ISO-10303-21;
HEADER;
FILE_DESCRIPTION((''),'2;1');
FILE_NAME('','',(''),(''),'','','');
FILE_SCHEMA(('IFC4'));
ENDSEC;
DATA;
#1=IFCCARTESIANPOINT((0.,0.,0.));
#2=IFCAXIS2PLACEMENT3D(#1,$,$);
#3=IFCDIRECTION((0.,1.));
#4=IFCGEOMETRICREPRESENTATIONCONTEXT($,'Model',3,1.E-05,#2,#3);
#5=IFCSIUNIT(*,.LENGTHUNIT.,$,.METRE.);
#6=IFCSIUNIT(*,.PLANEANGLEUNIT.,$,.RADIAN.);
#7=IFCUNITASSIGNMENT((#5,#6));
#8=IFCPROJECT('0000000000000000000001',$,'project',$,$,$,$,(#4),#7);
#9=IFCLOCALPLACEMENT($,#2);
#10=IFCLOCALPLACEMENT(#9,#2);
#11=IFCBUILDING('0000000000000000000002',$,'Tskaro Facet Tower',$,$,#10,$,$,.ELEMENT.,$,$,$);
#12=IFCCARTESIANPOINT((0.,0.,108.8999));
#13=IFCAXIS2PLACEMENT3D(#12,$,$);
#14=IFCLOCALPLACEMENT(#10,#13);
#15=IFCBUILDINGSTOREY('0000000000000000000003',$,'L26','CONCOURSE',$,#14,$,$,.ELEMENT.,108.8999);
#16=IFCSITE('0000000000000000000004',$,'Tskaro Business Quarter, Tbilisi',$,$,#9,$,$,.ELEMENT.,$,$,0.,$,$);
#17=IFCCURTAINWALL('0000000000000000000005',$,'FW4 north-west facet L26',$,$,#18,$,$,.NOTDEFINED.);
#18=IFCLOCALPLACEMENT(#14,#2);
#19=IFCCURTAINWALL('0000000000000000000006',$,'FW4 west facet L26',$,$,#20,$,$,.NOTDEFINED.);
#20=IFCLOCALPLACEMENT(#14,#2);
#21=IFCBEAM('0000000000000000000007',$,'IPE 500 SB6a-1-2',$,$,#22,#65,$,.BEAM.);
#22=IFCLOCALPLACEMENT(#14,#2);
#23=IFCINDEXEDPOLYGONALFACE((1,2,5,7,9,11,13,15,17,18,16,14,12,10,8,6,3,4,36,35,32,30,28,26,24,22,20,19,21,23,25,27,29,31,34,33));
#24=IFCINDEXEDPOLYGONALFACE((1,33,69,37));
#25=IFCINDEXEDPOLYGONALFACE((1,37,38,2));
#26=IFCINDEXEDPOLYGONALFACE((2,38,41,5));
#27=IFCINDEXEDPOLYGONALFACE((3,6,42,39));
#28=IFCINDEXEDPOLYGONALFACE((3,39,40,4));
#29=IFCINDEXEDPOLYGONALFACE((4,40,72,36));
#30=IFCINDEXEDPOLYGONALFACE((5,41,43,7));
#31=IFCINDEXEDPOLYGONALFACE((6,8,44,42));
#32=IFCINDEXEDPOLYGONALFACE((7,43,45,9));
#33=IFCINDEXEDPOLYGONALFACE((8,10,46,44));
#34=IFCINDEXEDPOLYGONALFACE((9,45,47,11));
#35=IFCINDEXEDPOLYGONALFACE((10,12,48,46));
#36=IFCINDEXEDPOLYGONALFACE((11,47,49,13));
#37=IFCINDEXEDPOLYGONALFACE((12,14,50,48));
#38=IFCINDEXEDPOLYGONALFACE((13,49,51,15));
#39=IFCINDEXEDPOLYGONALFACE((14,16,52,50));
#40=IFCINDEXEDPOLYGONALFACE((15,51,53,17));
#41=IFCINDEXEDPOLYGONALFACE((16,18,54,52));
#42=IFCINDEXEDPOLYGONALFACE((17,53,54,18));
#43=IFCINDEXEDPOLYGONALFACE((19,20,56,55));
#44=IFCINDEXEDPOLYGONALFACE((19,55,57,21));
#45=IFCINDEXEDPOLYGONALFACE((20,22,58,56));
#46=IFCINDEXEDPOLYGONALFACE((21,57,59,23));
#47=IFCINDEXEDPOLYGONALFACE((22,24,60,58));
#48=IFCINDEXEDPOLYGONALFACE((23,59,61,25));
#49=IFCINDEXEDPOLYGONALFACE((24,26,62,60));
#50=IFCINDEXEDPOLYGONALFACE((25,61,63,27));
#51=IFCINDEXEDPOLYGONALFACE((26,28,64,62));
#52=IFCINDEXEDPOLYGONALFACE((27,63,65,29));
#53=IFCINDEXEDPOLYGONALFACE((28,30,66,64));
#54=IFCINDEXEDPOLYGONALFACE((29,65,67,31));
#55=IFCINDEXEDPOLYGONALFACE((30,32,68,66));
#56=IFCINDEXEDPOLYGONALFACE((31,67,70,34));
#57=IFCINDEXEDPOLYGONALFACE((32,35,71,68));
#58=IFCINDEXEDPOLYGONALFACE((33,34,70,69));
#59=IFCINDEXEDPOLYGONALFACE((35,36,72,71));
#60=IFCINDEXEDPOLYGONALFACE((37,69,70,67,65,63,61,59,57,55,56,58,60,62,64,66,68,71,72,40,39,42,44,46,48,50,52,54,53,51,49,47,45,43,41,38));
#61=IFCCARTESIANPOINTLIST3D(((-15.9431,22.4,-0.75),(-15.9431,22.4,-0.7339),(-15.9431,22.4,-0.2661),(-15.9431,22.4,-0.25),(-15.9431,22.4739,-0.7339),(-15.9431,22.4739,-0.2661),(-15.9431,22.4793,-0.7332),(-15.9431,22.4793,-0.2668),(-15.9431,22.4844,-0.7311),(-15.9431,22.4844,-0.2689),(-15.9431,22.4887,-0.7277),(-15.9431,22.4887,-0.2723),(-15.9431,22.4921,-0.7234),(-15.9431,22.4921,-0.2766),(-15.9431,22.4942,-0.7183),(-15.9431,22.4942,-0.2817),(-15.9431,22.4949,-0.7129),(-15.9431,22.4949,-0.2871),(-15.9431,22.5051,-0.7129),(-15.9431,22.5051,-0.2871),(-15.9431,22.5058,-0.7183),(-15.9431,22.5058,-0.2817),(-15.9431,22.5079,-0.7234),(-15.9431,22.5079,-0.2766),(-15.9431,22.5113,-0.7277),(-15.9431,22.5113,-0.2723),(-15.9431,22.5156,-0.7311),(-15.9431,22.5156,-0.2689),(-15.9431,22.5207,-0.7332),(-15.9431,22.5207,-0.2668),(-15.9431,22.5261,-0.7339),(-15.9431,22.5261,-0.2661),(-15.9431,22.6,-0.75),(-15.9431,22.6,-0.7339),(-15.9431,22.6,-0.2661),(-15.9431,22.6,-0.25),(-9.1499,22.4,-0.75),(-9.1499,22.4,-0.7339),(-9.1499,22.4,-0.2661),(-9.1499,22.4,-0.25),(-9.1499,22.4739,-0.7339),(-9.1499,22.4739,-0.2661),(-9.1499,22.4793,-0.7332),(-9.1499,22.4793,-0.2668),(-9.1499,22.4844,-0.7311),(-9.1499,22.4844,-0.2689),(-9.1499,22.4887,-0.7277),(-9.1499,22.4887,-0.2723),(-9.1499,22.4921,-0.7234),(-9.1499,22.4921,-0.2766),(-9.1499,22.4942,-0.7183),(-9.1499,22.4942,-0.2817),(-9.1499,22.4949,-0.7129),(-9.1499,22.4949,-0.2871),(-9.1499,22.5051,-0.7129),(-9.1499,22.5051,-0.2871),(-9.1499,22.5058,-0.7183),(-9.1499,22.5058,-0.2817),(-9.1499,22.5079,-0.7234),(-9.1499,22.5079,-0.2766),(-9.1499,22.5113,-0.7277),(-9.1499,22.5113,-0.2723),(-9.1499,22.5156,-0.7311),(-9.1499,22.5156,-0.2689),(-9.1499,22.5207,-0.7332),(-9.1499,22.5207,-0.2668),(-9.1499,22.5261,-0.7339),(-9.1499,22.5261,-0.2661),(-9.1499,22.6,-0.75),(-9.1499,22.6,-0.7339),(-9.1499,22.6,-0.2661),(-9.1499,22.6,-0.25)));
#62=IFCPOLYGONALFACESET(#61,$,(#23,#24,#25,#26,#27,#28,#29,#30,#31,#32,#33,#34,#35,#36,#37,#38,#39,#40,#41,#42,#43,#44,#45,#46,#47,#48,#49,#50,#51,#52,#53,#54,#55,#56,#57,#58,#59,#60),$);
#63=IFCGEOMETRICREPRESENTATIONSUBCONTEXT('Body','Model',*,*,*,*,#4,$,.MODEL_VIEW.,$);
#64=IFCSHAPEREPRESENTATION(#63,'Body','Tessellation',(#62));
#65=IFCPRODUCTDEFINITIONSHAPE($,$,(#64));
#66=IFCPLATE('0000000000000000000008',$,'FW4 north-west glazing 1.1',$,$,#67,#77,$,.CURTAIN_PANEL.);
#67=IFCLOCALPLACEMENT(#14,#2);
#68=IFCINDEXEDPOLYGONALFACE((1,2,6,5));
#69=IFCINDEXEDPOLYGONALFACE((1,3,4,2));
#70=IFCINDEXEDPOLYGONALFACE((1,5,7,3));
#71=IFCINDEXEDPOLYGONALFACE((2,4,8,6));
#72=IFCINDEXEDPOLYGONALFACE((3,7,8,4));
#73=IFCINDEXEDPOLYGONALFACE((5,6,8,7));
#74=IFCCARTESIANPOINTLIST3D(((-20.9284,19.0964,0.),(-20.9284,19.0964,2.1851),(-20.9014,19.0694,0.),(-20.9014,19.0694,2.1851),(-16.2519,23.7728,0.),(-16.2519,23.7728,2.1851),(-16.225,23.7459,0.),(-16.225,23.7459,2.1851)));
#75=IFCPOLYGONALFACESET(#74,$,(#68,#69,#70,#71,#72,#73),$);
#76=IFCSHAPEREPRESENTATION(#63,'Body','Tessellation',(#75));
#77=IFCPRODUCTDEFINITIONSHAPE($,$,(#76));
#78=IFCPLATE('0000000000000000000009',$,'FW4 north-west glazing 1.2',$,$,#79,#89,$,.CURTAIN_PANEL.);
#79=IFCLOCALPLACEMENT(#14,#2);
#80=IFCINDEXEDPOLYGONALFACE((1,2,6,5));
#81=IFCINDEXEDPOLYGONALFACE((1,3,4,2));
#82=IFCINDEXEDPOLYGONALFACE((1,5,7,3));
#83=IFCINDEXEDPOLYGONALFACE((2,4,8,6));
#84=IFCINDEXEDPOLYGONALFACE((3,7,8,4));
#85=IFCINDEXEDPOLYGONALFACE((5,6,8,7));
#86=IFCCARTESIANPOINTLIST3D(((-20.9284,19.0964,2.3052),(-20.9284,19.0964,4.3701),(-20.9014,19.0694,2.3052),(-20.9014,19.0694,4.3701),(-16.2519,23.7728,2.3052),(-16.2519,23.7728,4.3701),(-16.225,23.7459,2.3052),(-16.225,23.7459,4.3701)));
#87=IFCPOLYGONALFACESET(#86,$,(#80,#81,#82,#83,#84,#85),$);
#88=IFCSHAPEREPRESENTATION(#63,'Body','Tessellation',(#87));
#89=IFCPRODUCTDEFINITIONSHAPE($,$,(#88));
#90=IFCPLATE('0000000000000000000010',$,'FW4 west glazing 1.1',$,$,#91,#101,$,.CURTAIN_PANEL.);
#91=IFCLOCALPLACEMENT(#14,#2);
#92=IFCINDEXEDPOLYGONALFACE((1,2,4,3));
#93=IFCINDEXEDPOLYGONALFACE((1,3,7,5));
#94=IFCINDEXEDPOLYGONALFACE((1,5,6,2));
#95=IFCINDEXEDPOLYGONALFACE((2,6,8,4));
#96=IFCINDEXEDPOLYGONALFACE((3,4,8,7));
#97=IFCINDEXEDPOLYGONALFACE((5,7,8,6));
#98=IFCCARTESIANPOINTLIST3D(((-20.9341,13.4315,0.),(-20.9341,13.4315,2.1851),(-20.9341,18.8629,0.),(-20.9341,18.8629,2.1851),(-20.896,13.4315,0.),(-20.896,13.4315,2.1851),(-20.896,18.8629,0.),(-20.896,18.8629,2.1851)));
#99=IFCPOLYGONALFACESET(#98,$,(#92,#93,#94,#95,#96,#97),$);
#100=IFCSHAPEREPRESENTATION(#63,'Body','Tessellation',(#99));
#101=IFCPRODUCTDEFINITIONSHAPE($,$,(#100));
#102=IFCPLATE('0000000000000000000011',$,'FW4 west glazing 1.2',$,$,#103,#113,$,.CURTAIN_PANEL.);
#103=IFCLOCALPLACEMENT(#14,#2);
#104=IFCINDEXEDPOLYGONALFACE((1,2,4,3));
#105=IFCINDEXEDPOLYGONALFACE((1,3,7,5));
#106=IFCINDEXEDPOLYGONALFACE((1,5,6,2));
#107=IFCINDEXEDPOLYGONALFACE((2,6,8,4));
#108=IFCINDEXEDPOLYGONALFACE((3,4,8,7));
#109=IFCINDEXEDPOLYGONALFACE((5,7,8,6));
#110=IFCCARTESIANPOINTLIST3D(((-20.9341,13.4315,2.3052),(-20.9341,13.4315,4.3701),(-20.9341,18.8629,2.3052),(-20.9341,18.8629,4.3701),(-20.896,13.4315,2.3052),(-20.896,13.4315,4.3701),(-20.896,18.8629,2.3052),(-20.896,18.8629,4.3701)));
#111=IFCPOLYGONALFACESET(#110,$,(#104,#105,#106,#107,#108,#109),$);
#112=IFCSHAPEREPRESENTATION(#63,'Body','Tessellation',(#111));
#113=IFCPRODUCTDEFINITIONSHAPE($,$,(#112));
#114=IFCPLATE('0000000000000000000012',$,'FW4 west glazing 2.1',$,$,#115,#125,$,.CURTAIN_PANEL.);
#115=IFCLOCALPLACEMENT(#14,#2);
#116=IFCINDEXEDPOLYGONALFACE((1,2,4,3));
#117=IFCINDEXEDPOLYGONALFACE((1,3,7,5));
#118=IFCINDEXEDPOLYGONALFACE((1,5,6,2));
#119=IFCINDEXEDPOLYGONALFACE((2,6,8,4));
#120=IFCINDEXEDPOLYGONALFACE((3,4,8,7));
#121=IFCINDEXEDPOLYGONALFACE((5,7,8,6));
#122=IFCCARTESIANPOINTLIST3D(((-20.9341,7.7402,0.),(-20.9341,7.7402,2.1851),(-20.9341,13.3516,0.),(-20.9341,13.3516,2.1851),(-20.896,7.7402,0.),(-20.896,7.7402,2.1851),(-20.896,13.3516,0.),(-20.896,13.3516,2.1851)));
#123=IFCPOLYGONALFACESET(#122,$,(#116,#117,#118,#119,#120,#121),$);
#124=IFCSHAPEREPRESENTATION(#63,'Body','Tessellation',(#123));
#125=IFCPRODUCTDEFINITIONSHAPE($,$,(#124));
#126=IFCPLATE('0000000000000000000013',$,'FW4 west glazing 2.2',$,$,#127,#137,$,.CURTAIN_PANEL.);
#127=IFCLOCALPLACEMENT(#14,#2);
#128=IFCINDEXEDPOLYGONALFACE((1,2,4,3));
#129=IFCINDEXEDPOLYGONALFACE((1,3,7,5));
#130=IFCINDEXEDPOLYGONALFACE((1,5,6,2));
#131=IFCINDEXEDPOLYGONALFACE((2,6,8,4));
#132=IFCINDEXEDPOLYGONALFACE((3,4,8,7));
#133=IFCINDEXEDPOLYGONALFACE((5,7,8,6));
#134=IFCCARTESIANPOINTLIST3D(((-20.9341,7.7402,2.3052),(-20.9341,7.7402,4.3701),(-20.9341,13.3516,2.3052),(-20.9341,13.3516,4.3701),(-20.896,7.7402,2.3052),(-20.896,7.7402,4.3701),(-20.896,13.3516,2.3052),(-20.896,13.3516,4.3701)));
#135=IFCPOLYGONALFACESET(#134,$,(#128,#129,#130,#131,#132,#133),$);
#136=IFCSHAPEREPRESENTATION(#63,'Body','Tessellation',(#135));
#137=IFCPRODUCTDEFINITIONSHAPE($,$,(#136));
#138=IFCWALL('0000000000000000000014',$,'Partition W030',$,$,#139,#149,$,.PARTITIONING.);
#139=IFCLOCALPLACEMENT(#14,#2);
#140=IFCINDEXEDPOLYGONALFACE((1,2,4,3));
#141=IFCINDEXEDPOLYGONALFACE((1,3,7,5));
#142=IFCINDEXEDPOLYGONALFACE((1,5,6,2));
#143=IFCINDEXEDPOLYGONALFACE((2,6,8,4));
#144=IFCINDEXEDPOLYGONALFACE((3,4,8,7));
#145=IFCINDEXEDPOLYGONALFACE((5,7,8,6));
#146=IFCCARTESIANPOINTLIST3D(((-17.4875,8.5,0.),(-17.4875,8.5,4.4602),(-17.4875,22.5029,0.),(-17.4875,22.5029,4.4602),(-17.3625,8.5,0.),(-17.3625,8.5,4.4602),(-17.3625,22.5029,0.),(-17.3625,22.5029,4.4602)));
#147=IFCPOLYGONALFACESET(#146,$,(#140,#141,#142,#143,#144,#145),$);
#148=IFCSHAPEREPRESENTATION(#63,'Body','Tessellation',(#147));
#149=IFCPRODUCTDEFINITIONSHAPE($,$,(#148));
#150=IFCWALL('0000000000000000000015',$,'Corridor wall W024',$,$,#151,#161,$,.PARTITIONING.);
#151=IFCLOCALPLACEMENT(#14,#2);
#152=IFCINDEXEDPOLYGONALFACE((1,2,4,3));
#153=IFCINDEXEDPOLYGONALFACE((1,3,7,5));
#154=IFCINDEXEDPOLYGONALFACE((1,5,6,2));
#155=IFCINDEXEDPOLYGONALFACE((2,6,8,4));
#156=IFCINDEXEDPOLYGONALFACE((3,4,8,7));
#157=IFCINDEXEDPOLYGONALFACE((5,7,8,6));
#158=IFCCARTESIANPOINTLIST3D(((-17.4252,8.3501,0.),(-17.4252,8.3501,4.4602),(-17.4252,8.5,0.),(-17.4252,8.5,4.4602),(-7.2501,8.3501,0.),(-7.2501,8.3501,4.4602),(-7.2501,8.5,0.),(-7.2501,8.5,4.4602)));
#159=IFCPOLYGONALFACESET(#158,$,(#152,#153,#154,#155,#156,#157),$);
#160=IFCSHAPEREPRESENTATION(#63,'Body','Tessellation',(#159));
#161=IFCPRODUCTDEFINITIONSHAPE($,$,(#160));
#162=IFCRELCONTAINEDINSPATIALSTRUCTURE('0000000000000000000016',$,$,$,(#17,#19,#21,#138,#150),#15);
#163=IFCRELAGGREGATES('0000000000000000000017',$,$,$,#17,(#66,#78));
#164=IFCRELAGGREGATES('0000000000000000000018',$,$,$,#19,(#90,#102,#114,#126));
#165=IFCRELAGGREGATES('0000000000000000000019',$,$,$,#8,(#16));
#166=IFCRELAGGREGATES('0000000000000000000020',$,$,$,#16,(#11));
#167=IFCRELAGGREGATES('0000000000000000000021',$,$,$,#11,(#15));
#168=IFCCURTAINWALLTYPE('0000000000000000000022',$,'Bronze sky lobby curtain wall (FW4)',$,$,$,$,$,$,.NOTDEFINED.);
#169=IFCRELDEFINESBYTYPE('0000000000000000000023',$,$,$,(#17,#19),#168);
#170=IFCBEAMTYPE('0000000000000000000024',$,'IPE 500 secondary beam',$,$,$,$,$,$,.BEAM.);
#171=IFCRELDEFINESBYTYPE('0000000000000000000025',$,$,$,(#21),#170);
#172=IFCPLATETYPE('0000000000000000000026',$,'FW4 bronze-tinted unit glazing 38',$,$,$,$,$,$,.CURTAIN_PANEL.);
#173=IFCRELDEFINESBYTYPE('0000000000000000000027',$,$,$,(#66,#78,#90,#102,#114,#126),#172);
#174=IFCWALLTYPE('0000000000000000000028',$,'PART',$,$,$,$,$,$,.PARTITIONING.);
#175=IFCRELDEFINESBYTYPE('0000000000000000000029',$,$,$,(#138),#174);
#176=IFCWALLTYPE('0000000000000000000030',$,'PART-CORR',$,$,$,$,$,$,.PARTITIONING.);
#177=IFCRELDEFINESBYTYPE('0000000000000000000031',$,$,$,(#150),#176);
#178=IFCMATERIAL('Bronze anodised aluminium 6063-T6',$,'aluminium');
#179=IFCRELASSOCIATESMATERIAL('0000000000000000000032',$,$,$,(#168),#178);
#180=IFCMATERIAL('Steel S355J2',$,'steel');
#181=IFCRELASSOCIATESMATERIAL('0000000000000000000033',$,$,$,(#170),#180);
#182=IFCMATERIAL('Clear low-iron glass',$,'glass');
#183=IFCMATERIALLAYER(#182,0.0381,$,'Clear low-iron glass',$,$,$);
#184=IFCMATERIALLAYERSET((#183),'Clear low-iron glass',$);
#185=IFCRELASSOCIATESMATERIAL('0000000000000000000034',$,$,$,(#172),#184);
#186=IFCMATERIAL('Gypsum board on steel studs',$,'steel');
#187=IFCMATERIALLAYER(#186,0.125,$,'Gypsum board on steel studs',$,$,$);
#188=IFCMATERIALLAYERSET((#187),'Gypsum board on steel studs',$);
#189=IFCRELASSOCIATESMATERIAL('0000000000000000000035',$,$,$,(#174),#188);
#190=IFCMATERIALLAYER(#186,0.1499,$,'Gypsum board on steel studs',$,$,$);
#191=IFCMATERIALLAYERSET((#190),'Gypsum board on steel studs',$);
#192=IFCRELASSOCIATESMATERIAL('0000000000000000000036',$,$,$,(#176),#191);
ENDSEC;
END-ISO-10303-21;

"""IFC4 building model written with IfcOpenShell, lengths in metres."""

from ifc_helpers import new_model, si_unit, direction, frame, frame_2d, origin, origin_2d, place, context, subcontext, project, spatial, rectangle, i_section, extrude, material, layer, layer_set, material_profile, profile_set, type_object, element, aggregate, save


model = new_model("IFC4")

# Units and contexts
model_context = context("Model", 3, precision=1e-05, world=origin(), true_north=direction((0.0, 1.0)))
body_context = subcontext(model_context, "Body", "Model", "MODEL_VIEW")
ifc_project = project(units=[si_unit("LENGTHUNIT", "METRE"), si_unit("PLANEANGLEUNIT", "RADIAN")], contexts=[model_context])

# Site, building, storey
site_placement = place(None, origin())
site = spatial("IfcSite", under=ifc_project, at=site_placement, Name="Tskaro Business Quarter, Tbilisi", CompositionType="ELEMENT", RefElevation=0.0)
building_placement = place(site_placement, origin())
building = spatial("IfcBuilding", under=site, at=building_placement, Name="Tskaro Facet Tower", CompositionType="ELEMENT")
storey_placement = place(building_placement, frame((0.0, 0.0, 108.8999)))
storey = spatial("IfcBuildingStorey", under=building, at=storey_placement, Name="L26", Description="CONCOURSE", CompositionType="ELEMENT", Elevation=108.8999)

# Curtain wall
ifc_material_1 = material(Name="Bronze anodised aluminium 6063-T6", Category="aluminium")
curtain_wall_type = type_object("IfcCurtainWallType", Name="Bronze sky lobby curtain wall (FW4)", PredefinedType="NOTDEFINED", material=ifc_material_1)
curtain_wall_1_placement = place(storey_placement, origin())
curtain_wall_1 = element("IfcCurtainWall", 1, at=curtain_wall_1_placement, inside=storey, type_object=curtain_wall_type, Name="FW4 north-west facet L26", PredefinedType="NOTDEFINED")

# Curtain wall
curtain_wall_2_placement = place(storey_placement, origin())
curtain_wall_2 = element("IfcCurtainWall", 2, at=curtain_wall_2_placement, inside=storey, type_object=curtain_wall_type, Name="FW4 west facet L26", PredefinedType="NOTDEFINED")

# Beam
ifc_material_2 = material(Name="Steel S355J2", Category="steel")
ifc_material_profile_1 = material_profile(ifc_material_2, i_section(OverallWidth=0.2, OverallDepth=0.5, WebThickness=0.0103, FlangeThickness=0.0161, FilletRadius=0.021, at=origin_2d()), Name="IPE 500")
ifc_profile_set_1 = profile_set([ifc_material_profile_1], Name="Steel S355J2")
beam_type_1 = type_object("IfcBeamType", Name="IPE 500 secondary beam", PredefinedType="BEAM", material=ifc_profile_set_1)
beam_1_placement = place(storey_placement, frame((-15.9431, 22.5, -0.5), z_axis=(1.0, 0.0, 0.0), x_axis=(0.0, 1.0, 0.0)))
element("IfcBeam", 3, at=beam_1_placement, inside=storey, type_object=beam_type_1, Name="IPE 500 SB6a-1-2", PredefinedType="BEAM", context=body_context, shape_type="SweptSolid", body=[
    extrude(i_section(OverallWidth=0.2, OverallDepth=0.5, WebThickness=0.0103, FlangeThickness=0.0161, FilletRadius=0.021, at=origin_2d()), origin(), (0.0, 0.0, 1.0), 6.7932),
])

# Plates
ifc_material_3 = material(Name="Clear low-iron glass", Category="glass")
ifc_layer_1 = layer(ifc_material_3, 0.0381, Name="Clear low-iron glass")
ifc_layer_set_1 = layer_set([ifc_layer_1], Name="Clear low-iron glass")
plate_type = type_object("IfcPlateType", Name="FW4 bronze-tinted unit glazing 38", PredefinedType="CURTAIN_PANEL", material=ifc_layer_set_1)
plate_1_placement = place(storey_placement, frame((-18.5767, 21.4211, 0.0), z_axis=(0.0, 0.0, 1.0), x_axis=(-0.707107, -0.707107, 0.0)))
plate_1 = element("IfcPlate", 4, at=plate_1_placement, type_object=plate_type, Name="FW4 north-west glazing 1.1", PredefinedType="CURTAIN_PANEL", context=body_context, shape_type="SweptSolid", body=[
    extrude(rectangle(XDim=6.6135, YDim=0.0381, at=origin_2d()), origin(), (0.0, 0.0, 1.0), 2.1851),
])
plate_2_placement = place(storey_placement, frame((-18.5767, 21.4211, 2.3052), z_axis=(0.0, 0.0, 1.0), x_axis=(-0.707107, -0.707107, 0.0)))
plate_2 = element("IfcPlate", 5, at=plate_2_placement, type_object=plate_type, Name="FW4 north-west glazing 1.2", PredefinedType="CURTAIN_PANEL", context=body_context, shape_type="SweptSolid", body=[
    extrude(rectangle(XDim=6.6135, YDim=0.0381, at=origin_2d()), origin(), (0.0, 0.0, 1.0), 2.0649),
])
aggregate(curtain_wall_1, [plate_1, plate_2])
plate_3_placement = place(storey_placement, frame((-20.915, 16.1472, 0.0), z_axis=(0.0, 0.0, 1.0), x_axis=(0.0, -1.0, 0.0)))
plate_3 = element("IfcPlate", 6, at=plate_3_placement, type_object=plate_type, Name="FW4 west glazing 1.1", PredefinedType="CURTAIN_PANEL", context=body_context, shape_type="SweptSolid", body=[
    extrude(rectangle(XDim=5.4314, YDim=0.0381, at=origin_2d()), origin(), (0.0, 0.0, 1.0), 2.1851),
])
plate_4_placement = place(storey_placement, frame((-20.915, 16.1472, 2.3052), z_axis=(0.0, 0.0, 1.0), x_axis=(0.0, -1.0, 0.0)))
plate_4 = element("IfcPlate", 7, at=plate_4_placement, type_object=plate_type, Name="FW4 west glazing 1.2", PredefinedType="CURTAIN_PANEL", context=body_context, shape_type="SweptSolid", body=[
    extrude(rectangle(XDim=5.4314, YDim=0.0381, at=origin_2d()), origin(), (0.0, 0.0, 1.0), 2.0649),
])
plate_5_placement = place(storey_placement, frame((-20.915, 10.5459, 0.0), z_axis=(0.0, 0.0, 1.0), x_axis=(0.0, -1.0, 0.0)))
plate_5 = element("IfcPlate", 8, at=plate_5_placement, type_object=plate_type, Name="FW4 west glazing 2.1", PredefinedType="CURTAIN_PANEL", context=body_context, shape_type="SweptSolid", body=[
    extrude(rectangle(XDim=5.6113, YDim=0.0381, at=origin_2d()), origin(), (0.0, 0.0, 1.0), 2.1851),
])
plate_6_placement = place(storey_placement, frame((-20.915, 10.5459, 2.3052), z_axis=(0.0, 0.0, 1.0), x_axis=(0.0, -1.0, 0.0)))
plate_6 = element("IfcPlate", 9, at=plate_6_placement, type_object=plate_type, Name="FW4 west glazing 2.2", PredefinedType="CURTAIN_PANEL", context=body_context, shape_type="SweptSolid", body=[
    extrude(rectangle(XDim=5.6113, YDim=0.0381, at=origin_2d()), origin(), (0.0, 0.0, 1.0), 2.0649),
])
aggregate(curtain_wall_2, [plate_3, plate_4, plate_5, plate_6])

# Walls
ifc_material_4 = material(Name="Gypsum board on steel studs", Category="steel")
ifc_layer_2 = layer(ifc_material_4, 0.125, Name="Gypsum board on steel studs")
ifc_layer_set_2 = layer_set([ifc_layer_2], Name="Gypsum board on steel studs")
wall_type_1 = type_object("IfcWallType", Name="PART", PredefinedType="PARTITIONING", material=ifc_layer_set_2)
wall_1_placement = place(storey_placement, frame((-17.425, 8.5, 0.0), z_axis=(0.0, 0.0, 1.0), x_axis=(0.0, 1.0, 0.0)))
element("IfcWall", 10, at=wall_1_placement, inside=storey, type_object=wall_type_1, Name="Partition W030", PredefinedType="PARTITIONING", context=body_context, shape_type="SweptSolid", body=[
    extrude(rectangle(XDim=14.0029, YDim=0.125, at=frame_2d((7.0015, 0.0))), origin(), (0.0, 0.0, 1.0), 4.4602),
])
ifc_layer_3 = layer(ifc_material_4, 0.1499, Name="Gypsum board on steel studs")
ifc_layer_set_3 = layer_set([ifc_layer_3], Name="Gypsum board on steel studs")
wall_type_2 = type_object("IfcWallType", Name="PART-CORR", PredefinedType="PARTITIONING", material=ifc_layer_set_3)
wall_2_placement = place(storey_placement, frame((-17.425, 8.425, 0.0), z_axis=(0.0, 0.0, 1.0), x_axis=(1.0, 0.0, 0.0)))
element("IfcWall", 11, at=wall_2_placement, inside=storey, type_object=wall_type_2, Name="Corridor wall W024", PredefinedType="PARTITIONING", context=body_context, shape_type="SweptSolid", body=[
    extrude(rectangle(XDim=10.175, YDim=0.1499, at=frame_2d((5.0874, 0.0))), origin(), (0.0, 0.0, 1.0), 4.4602),
])

save(model, "model.ifc")
